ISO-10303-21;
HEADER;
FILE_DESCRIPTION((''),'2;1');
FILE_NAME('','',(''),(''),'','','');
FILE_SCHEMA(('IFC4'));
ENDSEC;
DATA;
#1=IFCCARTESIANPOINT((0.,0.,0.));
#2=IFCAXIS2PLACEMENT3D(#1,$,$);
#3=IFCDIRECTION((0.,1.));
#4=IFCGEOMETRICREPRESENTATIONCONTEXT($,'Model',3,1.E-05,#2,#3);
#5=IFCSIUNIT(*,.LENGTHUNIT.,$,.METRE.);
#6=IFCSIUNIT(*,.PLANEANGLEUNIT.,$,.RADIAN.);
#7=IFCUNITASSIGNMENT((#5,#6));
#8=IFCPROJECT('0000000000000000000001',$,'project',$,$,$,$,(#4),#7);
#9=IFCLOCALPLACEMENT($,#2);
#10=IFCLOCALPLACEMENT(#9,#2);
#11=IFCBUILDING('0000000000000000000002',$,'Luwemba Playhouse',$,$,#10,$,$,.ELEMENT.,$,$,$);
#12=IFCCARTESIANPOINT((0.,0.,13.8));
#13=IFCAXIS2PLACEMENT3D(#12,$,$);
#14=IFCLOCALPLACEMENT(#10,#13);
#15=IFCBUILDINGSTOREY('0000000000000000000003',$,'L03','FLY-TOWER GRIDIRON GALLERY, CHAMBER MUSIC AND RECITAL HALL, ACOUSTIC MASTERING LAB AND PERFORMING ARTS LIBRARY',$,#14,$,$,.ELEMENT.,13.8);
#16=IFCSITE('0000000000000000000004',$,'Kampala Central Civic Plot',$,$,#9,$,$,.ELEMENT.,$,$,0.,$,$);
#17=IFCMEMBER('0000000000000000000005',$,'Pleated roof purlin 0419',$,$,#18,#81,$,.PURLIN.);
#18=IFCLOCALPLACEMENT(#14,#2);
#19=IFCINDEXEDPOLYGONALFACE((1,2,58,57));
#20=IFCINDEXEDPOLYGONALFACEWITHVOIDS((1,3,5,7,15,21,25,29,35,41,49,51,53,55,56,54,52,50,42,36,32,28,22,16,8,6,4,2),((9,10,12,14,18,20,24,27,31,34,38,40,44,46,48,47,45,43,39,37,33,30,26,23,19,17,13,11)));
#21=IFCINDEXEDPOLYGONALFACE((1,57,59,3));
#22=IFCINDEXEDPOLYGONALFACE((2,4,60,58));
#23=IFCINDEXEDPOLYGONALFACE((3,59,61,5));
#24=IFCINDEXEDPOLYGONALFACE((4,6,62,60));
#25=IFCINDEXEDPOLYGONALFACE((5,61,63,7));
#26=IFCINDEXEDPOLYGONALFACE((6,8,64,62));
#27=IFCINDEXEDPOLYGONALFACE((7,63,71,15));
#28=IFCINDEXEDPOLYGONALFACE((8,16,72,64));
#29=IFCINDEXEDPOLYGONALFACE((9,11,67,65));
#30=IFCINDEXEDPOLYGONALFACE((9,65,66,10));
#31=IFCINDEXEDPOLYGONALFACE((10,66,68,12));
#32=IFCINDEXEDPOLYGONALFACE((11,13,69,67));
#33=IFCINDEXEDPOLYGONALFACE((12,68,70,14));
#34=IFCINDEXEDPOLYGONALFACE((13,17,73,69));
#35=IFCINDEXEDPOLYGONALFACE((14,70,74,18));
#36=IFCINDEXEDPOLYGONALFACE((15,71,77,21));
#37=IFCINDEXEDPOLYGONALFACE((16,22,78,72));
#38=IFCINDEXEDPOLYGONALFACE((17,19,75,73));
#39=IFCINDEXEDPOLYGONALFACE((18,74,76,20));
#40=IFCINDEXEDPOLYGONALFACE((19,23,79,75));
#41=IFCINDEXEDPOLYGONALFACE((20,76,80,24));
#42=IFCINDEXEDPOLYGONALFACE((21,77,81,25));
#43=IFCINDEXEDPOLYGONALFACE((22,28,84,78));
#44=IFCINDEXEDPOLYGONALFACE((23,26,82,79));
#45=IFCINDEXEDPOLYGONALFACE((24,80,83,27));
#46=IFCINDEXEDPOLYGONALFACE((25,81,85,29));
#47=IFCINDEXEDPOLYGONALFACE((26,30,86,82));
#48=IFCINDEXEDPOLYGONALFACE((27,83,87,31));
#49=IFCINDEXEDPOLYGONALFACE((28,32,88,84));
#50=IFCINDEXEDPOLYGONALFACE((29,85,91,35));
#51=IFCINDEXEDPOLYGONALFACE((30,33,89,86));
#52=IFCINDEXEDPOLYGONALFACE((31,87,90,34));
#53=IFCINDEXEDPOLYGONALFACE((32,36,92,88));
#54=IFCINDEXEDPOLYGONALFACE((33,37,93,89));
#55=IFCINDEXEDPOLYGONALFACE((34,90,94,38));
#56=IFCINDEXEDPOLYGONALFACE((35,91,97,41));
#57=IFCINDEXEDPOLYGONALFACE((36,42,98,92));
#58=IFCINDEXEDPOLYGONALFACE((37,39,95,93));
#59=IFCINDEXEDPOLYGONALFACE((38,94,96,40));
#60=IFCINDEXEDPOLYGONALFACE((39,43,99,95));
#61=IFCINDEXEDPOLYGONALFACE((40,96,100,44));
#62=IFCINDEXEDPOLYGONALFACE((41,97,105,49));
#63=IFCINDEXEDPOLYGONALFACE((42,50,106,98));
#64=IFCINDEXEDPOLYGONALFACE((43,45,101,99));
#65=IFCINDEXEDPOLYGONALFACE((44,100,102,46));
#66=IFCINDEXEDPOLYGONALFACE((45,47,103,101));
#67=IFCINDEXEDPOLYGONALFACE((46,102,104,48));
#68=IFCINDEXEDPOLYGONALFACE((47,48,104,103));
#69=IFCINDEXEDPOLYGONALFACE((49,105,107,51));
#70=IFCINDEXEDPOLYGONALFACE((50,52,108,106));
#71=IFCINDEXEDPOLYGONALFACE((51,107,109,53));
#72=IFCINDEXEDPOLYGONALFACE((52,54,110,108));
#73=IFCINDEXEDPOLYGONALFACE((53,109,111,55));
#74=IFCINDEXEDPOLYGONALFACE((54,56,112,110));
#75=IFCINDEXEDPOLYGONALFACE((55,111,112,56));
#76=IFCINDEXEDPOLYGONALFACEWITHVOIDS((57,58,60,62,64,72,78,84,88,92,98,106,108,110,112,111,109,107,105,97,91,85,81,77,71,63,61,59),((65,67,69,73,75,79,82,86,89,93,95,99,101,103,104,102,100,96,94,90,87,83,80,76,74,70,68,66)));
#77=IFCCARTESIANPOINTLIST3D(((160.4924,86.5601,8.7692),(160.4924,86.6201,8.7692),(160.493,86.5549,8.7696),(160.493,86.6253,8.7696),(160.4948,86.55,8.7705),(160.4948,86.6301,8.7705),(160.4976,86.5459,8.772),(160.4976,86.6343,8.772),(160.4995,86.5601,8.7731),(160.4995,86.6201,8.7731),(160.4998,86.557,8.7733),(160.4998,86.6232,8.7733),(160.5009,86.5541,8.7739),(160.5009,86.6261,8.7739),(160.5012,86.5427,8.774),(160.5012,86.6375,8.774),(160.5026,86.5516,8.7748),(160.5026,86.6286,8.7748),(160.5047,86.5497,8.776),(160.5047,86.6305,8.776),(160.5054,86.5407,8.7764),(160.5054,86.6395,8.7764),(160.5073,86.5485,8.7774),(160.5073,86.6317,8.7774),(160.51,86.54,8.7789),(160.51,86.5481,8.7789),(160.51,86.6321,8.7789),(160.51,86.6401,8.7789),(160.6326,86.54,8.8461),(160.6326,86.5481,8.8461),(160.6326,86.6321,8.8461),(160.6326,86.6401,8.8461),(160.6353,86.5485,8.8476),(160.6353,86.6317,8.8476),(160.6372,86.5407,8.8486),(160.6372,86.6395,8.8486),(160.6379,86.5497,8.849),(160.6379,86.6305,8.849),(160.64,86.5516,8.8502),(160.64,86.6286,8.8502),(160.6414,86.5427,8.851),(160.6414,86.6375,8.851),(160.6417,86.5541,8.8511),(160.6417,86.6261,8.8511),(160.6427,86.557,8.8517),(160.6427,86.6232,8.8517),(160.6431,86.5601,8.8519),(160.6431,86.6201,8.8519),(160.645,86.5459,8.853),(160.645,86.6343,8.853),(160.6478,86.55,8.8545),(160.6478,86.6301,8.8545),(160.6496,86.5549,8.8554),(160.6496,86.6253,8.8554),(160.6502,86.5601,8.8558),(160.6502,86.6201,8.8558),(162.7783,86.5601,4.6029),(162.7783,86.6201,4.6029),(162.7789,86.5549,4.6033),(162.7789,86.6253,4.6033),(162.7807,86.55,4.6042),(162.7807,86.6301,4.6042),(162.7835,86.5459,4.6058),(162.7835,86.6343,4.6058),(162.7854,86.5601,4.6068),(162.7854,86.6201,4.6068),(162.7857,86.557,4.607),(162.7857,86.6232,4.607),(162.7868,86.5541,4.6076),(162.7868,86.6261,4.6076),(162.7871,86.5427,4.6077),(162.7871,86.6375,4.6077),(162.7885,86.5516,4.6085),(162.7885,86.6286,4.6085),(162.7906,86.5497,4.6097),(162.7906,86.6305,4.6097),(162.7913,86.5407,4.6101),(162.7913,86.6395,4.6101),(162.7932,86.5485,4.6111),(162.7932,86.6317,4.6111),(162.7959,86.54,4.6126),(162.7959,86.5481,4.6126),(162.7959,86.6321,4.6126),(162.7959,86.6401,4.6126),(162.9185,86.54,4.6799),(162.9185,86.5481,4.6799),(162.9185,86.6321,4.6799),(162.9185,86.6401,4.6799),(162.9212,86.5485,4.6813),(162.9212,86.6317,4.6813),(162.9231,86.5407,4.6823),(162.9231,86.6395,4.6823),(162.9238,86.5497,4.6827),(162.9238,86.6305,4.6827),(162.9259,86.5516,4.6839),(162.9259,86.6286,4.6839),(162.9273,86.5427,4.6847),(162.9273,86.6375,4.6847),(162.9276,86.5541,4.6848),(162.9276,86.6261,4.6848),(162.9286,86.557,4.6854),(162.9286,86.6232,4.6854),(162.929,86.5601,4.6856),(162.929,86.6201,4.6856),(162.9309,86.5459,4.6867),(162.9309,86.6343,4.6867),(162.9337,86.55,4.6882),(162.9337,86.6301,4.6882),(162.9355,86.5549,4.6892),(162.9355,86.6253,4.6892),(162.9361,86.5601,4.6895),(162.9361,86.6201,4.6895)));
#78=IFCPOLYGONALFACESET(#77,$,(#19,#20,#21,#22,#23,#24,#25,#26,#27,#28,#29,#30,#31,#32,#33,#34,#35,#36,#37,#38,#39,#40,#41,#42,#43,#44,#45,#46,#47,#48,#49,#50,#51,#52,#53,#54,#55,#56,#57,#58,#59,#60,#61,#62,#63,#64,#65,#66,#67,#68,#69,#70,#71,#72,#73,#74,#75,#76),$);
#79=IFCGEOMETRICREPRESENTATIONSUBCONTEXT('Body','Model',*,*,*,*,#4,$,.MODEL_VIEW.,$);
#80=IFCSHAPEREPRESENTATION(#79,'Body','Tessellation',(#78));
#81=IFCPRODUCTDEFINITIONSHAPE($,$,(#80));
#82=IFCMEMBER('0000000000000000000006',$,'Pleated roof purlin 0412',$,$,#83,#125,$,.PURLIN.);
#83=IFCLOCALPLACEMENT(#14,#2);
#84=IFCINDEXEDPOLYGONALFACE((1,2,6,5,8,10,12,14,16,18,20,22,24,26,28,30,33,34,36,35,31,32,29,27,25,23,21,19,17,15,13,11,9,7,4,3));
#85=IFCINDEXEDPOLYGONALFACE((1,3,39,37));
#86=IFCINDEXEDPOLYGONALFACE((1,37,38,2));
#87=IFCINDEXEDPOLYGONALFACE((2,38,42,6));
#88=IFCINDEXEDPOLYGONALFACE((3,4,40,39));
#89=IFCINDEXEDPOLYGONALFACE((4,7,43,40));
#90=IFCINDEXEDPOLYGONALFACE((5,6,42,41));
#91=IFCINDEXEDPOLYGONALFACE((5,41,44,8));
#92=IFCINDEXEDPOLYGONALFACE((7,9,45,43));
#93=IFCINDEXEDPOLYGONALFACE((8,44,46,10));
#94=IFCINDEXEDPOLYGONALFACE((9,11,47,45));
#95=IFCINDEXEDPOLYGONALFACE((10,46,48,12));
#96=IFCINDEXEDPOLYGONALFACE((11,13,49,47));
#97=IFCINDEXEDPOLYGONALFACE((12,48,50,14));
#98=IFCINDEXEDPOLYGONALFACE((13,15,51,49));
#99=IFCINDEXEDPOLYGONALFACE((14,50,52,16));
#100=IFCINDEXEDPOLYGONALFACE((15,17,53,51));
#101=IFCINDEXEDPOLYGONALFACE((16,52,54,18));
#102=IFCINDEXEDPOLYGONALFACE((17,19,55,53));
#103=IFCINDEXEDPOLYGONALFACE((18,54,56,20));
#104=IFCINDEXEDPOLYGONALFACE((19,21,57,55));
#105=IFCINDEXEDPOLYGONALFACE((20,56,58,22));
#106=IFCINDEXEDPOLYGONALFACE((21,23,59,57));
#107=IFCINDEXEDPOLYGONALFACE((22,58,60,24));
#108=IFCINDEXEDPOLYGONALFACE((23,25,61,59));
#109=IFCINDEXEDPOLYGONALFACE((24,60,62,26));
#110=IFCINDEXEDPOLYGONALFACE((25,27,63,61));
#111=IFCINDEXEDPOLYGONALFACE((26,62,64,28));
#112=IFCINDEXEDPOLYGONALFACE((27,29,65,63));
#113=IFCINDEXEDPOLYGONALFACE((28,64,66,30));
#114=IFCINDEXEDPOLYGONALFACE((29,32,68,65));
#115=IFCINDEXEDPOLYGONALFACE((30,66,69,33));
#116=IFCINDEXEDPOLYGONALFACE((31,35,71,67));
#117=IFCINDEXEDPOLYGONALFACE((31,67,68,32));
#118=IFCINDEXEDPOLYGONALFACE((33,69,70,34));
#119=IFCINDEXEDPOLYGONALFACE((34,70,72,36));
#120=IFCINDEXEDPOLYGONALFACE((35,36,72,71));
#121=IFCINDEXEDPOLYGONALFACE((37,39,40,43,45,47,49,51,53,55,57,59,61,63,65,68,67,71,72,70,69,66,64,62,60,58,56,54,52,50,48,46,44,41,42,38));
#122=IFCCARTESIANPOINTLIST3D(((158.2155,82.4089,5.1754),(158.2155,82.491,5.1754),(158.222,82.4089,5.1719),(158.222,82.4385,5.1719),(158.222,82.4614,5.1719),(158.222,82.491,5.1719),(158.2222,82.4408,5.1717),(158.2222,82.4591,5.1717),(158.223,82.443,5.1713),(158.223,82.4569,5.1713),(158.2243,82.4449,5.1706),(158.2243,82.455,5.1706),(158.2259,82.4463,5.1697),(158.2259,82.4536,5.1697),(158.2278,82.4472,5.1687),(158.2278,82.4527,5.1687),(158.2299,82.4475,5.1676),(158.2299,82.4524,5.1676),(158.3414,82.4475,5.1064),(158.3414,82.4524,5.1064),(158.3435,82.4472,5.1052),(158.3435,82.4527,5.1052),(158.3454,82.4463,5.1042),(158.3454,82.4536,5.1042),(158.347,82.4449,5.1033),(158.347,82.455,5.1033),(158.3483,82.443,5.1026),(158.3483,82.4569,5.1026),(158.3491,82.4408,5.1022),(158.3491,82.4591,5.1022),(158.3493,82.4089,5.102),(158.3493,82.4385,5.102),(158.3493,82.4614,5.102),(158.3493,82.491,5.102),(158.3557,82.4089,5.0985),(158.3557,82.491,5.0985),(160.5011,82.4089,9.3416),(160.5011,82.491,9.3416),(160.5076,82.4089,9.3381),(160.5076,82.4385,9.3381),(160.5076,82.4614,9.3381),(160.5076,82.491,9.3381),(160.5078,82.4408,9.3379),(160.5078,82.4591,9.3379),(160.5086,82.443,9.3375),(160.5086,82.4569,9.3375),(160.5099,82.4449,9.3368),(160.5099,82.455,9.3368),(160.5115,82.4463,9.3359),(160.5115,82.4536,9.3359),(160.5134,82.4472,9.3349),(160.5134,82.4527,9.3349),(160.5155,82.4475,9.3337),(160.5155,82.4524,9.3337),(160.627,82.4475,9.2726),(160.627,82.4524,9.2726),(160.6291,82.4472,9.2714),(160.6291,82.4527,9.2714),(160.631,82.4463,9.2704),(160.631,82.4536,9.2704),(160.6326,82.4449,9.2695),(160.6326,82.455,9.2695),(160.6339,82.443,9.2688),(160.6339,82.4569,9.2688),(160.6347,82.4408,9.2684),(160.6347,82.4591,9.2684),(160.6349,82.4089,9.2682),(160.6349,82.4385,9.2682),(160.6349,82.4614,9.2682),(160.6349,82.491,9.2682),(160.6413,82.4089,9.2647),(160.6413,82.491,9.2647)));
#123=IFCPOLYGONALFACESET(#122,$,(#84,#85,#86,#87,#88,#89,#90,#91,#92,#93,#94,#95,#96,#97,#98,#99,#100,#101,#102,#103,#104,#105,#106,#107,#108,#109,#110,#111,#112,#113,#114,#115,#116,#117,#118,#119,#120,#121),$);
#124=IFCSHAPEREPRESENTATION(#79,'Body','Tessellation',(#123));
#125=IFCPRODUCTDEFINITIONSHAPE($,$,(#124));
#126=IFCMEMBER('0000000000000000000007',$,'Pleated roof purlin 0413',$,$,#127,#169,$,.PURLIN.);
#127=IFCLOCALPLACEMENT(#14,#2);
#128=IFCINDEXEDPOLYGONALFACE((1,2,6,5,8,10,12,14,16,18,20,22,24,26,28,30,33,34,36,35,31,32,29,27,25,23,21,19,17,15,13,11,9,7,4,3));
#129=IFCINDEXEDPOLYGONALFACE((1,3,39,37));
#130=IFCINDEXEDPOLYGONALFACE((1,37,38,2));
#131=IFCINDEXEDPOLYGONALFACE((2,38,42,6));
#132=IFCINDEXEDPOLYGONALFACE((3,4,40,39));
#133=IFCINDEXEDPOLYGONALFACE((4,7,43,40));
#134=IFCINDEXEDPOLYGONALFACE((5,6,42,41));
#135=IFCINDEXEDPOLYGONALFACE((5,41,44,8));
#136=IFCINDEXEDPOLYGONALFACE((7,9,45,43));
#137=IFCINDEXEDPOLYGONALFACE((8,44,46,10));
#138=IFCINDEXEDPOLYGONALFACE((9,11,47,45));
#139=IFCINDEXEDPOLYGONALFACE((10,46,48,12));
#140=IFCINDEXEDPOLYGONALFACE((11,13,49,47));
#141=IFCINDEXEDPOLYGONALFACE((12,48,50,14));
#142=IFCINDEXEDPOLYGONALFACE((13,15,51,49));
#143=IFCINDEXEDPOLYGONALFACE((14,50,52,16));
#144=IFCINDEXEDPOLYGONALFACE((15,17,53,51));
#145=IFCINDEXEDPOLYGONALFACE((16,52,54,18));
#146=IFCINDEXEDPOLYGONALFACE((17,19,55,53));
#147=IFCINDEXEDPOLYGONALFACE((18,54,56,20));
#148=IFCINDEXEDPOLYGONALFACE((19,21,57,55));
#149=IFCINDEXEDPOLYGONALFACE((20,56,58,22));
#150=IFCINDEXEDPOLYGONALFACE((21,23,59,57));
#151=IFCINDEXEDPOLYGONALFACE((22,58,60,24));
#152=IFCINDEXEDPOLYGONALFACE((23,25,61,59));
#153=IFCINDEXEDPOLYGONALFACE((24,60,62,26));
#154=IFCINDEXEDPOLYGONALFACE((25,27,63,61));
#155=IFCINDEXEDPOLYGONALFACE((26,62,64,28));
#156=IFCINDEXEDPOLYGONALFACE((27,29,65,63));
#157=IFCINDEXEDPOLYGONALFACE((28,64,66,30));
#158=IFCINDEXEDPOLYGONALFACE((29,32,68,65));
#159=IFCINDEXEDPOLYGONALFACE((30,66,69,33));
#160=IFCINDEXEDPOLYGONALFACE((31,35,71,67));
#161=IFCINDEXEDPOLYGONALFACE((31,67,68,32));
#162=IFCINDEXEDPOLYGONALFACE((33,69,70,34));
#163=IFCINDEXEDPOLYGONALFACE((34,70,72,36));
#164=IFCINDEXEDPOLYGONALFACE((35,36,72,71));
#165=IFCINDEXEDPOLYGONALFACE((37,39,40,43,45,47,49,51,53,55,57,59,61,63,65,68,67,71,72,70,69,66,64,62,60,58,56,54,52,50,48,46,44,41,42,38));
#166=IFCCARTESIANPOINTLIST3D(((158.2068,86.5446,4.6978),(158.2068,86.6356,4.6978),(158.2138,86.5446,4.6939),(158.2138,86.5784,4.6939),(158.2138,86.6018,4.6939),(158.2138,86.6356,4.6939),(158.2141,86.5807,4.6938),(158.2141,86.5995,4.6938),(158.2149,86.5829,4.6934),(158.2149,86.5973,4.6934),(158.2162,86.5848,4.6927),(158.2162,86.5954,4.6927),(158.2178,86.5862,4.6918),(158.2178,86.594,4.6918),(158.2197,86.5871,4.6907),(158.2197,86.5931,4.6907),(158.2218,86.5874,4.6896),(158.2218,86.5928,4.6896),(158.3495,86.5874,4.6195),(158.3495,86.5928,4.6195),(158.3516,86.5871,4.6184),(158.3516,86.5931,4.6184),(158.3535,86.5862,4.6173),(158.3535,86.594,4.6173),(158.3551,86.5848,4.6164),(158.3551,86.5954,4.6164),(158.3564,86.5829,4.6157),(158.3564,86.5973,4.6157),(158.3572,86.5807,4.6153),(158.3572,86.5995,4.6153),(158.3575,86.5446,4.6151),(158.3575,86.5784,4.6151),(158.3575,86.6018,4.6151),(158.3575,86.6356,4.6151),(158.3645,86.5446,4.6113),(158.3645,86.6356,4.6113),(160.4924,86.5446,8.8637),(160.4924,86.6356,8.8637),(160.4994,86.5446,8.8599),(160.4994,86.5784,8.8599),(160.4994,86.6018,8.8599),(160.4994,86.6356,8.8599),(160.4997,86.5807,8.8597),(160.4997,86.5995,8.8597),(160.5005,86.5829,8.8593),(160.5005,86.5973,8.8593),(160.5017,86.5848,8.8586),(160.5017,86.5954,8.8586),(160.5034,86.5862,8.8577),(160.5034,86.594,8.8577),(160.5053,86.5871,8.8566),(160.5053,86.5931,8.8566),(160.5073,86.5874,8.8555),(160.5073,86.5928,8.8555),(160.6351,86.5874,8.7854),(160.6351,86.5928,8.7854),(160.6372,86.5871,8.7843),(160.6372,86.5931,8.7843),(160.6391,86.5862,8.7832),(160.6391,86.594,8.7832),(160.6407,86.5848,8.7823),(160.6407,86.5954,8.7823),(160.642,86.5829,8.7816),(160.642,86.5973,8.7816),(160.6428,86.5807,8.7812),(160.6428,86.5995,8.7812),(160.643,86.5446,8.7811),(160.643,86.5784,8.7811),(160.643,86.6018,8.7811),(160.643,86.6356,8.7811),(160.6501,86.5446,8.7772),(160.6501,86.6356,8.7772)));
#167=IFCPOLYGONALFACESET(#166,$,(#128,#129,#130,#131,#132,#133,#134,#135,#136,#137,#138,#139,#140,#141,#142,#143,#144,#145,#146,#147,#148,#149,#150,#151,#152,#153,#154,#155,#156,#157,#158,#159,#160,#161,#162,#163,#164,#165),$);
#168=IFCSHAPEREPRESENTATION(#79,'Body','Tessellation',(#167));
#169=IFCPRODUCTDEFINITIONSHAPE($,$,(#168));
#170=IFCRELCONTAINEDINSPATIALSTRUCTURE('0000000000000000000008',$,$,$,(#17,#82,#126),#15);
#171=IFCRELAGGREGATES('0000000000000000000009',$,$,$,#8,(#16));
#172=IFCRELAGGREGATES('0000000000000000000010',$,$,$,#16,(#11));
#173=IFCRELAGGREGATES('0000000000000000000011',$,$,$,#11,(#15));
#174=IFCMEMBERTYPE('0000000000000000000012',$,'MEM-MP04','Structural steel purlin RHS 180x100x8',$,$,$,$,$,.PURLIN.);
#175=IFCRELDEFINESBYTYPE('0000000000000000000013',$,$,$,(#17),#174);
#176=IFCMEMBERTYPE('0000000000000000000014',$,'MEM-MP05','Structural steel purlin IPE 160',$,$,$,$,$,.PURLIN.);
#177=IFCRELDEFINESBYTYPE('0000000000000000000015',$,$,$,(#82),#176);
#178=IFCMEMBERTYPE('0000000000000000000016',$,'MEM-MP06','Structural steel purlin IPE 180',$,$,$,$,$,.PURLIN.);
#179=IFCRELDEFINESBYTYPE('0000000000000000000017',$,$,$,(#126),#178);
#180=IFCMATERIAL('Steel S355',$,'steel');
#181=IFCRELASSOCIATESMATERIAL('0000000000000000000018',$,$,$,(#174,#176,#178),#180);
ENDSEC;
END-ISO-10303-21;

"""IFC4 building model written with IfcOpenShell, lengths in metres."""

from ifc_helpers import new_model, si_unit, direction, frame, origin, origin_2d, place, context, subcontext, project, spatial, hollow_rectangle, i_section, extrude, material, material_profile, profile_set, type_object, element, save


model = new_model("IFC4")

# Units and contexts
model_context = context("Model", 3, precision=1e-05, world=origin(), true_north=direction((0.0, 1.0)))
body_context = subcontext(model_context, "Body", "Model", "MODEL_VIEW")
ifc_project = project(units=[si_unit("LENGTHUNIT", "METRE"), si_unit("PLANEANGLEUNIT", "RADIAN")], contexts=[model_context])

# Site, building, storey
site_placement = place(None, origin())
site = spatial("IfcSite", under=ifc_project, at=site_placement, Name="Kampala Central Civic Plot", CompositionType="ELEMENT", RefElevation=0.0)
building_placement = place(site_placement, origin())
building = spatial("IfcBuilding", under=site, at=building_placement, Name="Luwemba Playhouse", CompositionType="ELEMENT")
storey_placement = place(building_placement, frame((0.0, 0.0, 13.8)))
storey = spatial("IfcBuildingStorey", under=building, at=storey_placement, Name="L03", Description="FLY-TOWER GRIDIRON GALLERY, CHAMBER MUSIC AND RECITAL HALL, ACOUSTIC MASTERING LAB AND PERFORMING ARTS LIBRARY", CompositionType="ELEMENT", Elevation=13.8)

# Shared definitions
ifc_material_1 = material(Name="Steel S355", Category="steel")

# Members
ifc_material_profile_1 = material_profile(ifc_material_1, hollow_rectangle(XDim=0.1001, YDim=0.1799, WallThickness=0.0081, InnerFilletRadius=0.012, OuterFilletRadius=0.02, at=origin_2d()))
ifc_profile_set_1 = profile_set([ifc_material_profile_1], Name="Steel S355")
member_type_1 = type_object("IfcMemberType", Name="MEM-MP04", Description="Structural steel purlin RHS 180x100x8", PredefinedType="PURLIN", material=ifc_profile_set_1)
member_1_placement = place(storey_placement, frame((160.5713, 86.5901, 8.8125), z_axis=(0.481021, 0.0, -0.876709), x_axis=(0.0, 1.0, 0.0)))
element("IfcMember", 1, at=member_1_placement, inside=storey, type_object=member_type_1, Name="Pleated roof purlin 0419", PredefinedType="PURLIN", context=body_context, shape_type="SweptSolid", body=[
    extrude(hollow_rectangle(XDim=0.1001, YDim=0.1799, WallThickness=0.0081, InnerFilletRadius=0.012, OuterFilletRadius=0.02, at=origin_2d()), origin(), (0.0, 0.0, 1.0), 4.7522),
])
ifc_material_profile_2 = material_profile(ifc_material_1, i_section(OverallWidth=0.082, OverallDepth=0.1599, WebThickness=0.0049, FlangeThickness=0.0073, FilletRadius=0.009, at=origin_2d()))
ifc_profile_set_2 = profile_set([ifc_material_profile_2], Name="Steel S355")
member_type_2 = type_object("IfcMemberType", Name="MEM-MP05", Description="Structural steel purlin IPE 160", PredefinedType="PURLIN", material=ifc_profile_set_2)
member_2_placement = place(storey_placement, frame((158.2856, 82.45, 5.137), z_axis=(0.480982, 0.0, 0.876731), x_axis=(0.0, 1.0, 0.0)))
element("IfcMember", 2, at=member_2_placement, inside=storey, type_object=member_type_2, Name="Pleated roof purlin 0412", PredefinedType="PURLIN", context=body_context, shape_type="SweptSolid", body=[
    extrude(i_section(OverallWidth=0.082, OverallDepth=0.1599, WebThickness=0.0049, FlangeThickness=0.0073, FilletRadius=0.009, at=origin_2d()), origin(), (0.0, 0.0, 1.0), 4.752),
])
ifc_material_profile_3 = material_profile(ifc_material_1, i_section(OverallWidth=0.0911, OverallDepth=0.1799, WebThickness=0.0054, FlangeThickness=0.0081, FilletRadius=0.009, at=origin_2d()))
ifc_profile_set_3 = profile_set([ifc_material_profile_3], Name="Steel S355")
member_type_3 = type_object("IfcMemberType", Name="MEM-MP06", Description="Structural steel purlin IPE 180", PredefinedType="PURLIN", material=ifc_profile_set_3)
member_3_placement = place(storey_placement, frame((158.2856, 86.5901, 4.6545), z_axis=(0.481003, 0.0, 0.876719), x_axis=(0.0, 1.0, 0.0)))
element("IfcMember", 3, at=member_3_placement, inside=storey, type_object=member_type_3, Name="Pleated roof purlin 0413", PredefinedType="PURLIN", context=body_context, shape_type="SweptSolid", body=[
    extrude(i_section(OverallWidth=0.0911, OverallDepth=0.1799, WebThickness=0.0054, FlangeThickness=0.0081, FilletRadius=0.009, at=origin_2d()), origin(), (0.0, 0.0, 1.0), 4.7517),
])

save(model, "model.ifc")
